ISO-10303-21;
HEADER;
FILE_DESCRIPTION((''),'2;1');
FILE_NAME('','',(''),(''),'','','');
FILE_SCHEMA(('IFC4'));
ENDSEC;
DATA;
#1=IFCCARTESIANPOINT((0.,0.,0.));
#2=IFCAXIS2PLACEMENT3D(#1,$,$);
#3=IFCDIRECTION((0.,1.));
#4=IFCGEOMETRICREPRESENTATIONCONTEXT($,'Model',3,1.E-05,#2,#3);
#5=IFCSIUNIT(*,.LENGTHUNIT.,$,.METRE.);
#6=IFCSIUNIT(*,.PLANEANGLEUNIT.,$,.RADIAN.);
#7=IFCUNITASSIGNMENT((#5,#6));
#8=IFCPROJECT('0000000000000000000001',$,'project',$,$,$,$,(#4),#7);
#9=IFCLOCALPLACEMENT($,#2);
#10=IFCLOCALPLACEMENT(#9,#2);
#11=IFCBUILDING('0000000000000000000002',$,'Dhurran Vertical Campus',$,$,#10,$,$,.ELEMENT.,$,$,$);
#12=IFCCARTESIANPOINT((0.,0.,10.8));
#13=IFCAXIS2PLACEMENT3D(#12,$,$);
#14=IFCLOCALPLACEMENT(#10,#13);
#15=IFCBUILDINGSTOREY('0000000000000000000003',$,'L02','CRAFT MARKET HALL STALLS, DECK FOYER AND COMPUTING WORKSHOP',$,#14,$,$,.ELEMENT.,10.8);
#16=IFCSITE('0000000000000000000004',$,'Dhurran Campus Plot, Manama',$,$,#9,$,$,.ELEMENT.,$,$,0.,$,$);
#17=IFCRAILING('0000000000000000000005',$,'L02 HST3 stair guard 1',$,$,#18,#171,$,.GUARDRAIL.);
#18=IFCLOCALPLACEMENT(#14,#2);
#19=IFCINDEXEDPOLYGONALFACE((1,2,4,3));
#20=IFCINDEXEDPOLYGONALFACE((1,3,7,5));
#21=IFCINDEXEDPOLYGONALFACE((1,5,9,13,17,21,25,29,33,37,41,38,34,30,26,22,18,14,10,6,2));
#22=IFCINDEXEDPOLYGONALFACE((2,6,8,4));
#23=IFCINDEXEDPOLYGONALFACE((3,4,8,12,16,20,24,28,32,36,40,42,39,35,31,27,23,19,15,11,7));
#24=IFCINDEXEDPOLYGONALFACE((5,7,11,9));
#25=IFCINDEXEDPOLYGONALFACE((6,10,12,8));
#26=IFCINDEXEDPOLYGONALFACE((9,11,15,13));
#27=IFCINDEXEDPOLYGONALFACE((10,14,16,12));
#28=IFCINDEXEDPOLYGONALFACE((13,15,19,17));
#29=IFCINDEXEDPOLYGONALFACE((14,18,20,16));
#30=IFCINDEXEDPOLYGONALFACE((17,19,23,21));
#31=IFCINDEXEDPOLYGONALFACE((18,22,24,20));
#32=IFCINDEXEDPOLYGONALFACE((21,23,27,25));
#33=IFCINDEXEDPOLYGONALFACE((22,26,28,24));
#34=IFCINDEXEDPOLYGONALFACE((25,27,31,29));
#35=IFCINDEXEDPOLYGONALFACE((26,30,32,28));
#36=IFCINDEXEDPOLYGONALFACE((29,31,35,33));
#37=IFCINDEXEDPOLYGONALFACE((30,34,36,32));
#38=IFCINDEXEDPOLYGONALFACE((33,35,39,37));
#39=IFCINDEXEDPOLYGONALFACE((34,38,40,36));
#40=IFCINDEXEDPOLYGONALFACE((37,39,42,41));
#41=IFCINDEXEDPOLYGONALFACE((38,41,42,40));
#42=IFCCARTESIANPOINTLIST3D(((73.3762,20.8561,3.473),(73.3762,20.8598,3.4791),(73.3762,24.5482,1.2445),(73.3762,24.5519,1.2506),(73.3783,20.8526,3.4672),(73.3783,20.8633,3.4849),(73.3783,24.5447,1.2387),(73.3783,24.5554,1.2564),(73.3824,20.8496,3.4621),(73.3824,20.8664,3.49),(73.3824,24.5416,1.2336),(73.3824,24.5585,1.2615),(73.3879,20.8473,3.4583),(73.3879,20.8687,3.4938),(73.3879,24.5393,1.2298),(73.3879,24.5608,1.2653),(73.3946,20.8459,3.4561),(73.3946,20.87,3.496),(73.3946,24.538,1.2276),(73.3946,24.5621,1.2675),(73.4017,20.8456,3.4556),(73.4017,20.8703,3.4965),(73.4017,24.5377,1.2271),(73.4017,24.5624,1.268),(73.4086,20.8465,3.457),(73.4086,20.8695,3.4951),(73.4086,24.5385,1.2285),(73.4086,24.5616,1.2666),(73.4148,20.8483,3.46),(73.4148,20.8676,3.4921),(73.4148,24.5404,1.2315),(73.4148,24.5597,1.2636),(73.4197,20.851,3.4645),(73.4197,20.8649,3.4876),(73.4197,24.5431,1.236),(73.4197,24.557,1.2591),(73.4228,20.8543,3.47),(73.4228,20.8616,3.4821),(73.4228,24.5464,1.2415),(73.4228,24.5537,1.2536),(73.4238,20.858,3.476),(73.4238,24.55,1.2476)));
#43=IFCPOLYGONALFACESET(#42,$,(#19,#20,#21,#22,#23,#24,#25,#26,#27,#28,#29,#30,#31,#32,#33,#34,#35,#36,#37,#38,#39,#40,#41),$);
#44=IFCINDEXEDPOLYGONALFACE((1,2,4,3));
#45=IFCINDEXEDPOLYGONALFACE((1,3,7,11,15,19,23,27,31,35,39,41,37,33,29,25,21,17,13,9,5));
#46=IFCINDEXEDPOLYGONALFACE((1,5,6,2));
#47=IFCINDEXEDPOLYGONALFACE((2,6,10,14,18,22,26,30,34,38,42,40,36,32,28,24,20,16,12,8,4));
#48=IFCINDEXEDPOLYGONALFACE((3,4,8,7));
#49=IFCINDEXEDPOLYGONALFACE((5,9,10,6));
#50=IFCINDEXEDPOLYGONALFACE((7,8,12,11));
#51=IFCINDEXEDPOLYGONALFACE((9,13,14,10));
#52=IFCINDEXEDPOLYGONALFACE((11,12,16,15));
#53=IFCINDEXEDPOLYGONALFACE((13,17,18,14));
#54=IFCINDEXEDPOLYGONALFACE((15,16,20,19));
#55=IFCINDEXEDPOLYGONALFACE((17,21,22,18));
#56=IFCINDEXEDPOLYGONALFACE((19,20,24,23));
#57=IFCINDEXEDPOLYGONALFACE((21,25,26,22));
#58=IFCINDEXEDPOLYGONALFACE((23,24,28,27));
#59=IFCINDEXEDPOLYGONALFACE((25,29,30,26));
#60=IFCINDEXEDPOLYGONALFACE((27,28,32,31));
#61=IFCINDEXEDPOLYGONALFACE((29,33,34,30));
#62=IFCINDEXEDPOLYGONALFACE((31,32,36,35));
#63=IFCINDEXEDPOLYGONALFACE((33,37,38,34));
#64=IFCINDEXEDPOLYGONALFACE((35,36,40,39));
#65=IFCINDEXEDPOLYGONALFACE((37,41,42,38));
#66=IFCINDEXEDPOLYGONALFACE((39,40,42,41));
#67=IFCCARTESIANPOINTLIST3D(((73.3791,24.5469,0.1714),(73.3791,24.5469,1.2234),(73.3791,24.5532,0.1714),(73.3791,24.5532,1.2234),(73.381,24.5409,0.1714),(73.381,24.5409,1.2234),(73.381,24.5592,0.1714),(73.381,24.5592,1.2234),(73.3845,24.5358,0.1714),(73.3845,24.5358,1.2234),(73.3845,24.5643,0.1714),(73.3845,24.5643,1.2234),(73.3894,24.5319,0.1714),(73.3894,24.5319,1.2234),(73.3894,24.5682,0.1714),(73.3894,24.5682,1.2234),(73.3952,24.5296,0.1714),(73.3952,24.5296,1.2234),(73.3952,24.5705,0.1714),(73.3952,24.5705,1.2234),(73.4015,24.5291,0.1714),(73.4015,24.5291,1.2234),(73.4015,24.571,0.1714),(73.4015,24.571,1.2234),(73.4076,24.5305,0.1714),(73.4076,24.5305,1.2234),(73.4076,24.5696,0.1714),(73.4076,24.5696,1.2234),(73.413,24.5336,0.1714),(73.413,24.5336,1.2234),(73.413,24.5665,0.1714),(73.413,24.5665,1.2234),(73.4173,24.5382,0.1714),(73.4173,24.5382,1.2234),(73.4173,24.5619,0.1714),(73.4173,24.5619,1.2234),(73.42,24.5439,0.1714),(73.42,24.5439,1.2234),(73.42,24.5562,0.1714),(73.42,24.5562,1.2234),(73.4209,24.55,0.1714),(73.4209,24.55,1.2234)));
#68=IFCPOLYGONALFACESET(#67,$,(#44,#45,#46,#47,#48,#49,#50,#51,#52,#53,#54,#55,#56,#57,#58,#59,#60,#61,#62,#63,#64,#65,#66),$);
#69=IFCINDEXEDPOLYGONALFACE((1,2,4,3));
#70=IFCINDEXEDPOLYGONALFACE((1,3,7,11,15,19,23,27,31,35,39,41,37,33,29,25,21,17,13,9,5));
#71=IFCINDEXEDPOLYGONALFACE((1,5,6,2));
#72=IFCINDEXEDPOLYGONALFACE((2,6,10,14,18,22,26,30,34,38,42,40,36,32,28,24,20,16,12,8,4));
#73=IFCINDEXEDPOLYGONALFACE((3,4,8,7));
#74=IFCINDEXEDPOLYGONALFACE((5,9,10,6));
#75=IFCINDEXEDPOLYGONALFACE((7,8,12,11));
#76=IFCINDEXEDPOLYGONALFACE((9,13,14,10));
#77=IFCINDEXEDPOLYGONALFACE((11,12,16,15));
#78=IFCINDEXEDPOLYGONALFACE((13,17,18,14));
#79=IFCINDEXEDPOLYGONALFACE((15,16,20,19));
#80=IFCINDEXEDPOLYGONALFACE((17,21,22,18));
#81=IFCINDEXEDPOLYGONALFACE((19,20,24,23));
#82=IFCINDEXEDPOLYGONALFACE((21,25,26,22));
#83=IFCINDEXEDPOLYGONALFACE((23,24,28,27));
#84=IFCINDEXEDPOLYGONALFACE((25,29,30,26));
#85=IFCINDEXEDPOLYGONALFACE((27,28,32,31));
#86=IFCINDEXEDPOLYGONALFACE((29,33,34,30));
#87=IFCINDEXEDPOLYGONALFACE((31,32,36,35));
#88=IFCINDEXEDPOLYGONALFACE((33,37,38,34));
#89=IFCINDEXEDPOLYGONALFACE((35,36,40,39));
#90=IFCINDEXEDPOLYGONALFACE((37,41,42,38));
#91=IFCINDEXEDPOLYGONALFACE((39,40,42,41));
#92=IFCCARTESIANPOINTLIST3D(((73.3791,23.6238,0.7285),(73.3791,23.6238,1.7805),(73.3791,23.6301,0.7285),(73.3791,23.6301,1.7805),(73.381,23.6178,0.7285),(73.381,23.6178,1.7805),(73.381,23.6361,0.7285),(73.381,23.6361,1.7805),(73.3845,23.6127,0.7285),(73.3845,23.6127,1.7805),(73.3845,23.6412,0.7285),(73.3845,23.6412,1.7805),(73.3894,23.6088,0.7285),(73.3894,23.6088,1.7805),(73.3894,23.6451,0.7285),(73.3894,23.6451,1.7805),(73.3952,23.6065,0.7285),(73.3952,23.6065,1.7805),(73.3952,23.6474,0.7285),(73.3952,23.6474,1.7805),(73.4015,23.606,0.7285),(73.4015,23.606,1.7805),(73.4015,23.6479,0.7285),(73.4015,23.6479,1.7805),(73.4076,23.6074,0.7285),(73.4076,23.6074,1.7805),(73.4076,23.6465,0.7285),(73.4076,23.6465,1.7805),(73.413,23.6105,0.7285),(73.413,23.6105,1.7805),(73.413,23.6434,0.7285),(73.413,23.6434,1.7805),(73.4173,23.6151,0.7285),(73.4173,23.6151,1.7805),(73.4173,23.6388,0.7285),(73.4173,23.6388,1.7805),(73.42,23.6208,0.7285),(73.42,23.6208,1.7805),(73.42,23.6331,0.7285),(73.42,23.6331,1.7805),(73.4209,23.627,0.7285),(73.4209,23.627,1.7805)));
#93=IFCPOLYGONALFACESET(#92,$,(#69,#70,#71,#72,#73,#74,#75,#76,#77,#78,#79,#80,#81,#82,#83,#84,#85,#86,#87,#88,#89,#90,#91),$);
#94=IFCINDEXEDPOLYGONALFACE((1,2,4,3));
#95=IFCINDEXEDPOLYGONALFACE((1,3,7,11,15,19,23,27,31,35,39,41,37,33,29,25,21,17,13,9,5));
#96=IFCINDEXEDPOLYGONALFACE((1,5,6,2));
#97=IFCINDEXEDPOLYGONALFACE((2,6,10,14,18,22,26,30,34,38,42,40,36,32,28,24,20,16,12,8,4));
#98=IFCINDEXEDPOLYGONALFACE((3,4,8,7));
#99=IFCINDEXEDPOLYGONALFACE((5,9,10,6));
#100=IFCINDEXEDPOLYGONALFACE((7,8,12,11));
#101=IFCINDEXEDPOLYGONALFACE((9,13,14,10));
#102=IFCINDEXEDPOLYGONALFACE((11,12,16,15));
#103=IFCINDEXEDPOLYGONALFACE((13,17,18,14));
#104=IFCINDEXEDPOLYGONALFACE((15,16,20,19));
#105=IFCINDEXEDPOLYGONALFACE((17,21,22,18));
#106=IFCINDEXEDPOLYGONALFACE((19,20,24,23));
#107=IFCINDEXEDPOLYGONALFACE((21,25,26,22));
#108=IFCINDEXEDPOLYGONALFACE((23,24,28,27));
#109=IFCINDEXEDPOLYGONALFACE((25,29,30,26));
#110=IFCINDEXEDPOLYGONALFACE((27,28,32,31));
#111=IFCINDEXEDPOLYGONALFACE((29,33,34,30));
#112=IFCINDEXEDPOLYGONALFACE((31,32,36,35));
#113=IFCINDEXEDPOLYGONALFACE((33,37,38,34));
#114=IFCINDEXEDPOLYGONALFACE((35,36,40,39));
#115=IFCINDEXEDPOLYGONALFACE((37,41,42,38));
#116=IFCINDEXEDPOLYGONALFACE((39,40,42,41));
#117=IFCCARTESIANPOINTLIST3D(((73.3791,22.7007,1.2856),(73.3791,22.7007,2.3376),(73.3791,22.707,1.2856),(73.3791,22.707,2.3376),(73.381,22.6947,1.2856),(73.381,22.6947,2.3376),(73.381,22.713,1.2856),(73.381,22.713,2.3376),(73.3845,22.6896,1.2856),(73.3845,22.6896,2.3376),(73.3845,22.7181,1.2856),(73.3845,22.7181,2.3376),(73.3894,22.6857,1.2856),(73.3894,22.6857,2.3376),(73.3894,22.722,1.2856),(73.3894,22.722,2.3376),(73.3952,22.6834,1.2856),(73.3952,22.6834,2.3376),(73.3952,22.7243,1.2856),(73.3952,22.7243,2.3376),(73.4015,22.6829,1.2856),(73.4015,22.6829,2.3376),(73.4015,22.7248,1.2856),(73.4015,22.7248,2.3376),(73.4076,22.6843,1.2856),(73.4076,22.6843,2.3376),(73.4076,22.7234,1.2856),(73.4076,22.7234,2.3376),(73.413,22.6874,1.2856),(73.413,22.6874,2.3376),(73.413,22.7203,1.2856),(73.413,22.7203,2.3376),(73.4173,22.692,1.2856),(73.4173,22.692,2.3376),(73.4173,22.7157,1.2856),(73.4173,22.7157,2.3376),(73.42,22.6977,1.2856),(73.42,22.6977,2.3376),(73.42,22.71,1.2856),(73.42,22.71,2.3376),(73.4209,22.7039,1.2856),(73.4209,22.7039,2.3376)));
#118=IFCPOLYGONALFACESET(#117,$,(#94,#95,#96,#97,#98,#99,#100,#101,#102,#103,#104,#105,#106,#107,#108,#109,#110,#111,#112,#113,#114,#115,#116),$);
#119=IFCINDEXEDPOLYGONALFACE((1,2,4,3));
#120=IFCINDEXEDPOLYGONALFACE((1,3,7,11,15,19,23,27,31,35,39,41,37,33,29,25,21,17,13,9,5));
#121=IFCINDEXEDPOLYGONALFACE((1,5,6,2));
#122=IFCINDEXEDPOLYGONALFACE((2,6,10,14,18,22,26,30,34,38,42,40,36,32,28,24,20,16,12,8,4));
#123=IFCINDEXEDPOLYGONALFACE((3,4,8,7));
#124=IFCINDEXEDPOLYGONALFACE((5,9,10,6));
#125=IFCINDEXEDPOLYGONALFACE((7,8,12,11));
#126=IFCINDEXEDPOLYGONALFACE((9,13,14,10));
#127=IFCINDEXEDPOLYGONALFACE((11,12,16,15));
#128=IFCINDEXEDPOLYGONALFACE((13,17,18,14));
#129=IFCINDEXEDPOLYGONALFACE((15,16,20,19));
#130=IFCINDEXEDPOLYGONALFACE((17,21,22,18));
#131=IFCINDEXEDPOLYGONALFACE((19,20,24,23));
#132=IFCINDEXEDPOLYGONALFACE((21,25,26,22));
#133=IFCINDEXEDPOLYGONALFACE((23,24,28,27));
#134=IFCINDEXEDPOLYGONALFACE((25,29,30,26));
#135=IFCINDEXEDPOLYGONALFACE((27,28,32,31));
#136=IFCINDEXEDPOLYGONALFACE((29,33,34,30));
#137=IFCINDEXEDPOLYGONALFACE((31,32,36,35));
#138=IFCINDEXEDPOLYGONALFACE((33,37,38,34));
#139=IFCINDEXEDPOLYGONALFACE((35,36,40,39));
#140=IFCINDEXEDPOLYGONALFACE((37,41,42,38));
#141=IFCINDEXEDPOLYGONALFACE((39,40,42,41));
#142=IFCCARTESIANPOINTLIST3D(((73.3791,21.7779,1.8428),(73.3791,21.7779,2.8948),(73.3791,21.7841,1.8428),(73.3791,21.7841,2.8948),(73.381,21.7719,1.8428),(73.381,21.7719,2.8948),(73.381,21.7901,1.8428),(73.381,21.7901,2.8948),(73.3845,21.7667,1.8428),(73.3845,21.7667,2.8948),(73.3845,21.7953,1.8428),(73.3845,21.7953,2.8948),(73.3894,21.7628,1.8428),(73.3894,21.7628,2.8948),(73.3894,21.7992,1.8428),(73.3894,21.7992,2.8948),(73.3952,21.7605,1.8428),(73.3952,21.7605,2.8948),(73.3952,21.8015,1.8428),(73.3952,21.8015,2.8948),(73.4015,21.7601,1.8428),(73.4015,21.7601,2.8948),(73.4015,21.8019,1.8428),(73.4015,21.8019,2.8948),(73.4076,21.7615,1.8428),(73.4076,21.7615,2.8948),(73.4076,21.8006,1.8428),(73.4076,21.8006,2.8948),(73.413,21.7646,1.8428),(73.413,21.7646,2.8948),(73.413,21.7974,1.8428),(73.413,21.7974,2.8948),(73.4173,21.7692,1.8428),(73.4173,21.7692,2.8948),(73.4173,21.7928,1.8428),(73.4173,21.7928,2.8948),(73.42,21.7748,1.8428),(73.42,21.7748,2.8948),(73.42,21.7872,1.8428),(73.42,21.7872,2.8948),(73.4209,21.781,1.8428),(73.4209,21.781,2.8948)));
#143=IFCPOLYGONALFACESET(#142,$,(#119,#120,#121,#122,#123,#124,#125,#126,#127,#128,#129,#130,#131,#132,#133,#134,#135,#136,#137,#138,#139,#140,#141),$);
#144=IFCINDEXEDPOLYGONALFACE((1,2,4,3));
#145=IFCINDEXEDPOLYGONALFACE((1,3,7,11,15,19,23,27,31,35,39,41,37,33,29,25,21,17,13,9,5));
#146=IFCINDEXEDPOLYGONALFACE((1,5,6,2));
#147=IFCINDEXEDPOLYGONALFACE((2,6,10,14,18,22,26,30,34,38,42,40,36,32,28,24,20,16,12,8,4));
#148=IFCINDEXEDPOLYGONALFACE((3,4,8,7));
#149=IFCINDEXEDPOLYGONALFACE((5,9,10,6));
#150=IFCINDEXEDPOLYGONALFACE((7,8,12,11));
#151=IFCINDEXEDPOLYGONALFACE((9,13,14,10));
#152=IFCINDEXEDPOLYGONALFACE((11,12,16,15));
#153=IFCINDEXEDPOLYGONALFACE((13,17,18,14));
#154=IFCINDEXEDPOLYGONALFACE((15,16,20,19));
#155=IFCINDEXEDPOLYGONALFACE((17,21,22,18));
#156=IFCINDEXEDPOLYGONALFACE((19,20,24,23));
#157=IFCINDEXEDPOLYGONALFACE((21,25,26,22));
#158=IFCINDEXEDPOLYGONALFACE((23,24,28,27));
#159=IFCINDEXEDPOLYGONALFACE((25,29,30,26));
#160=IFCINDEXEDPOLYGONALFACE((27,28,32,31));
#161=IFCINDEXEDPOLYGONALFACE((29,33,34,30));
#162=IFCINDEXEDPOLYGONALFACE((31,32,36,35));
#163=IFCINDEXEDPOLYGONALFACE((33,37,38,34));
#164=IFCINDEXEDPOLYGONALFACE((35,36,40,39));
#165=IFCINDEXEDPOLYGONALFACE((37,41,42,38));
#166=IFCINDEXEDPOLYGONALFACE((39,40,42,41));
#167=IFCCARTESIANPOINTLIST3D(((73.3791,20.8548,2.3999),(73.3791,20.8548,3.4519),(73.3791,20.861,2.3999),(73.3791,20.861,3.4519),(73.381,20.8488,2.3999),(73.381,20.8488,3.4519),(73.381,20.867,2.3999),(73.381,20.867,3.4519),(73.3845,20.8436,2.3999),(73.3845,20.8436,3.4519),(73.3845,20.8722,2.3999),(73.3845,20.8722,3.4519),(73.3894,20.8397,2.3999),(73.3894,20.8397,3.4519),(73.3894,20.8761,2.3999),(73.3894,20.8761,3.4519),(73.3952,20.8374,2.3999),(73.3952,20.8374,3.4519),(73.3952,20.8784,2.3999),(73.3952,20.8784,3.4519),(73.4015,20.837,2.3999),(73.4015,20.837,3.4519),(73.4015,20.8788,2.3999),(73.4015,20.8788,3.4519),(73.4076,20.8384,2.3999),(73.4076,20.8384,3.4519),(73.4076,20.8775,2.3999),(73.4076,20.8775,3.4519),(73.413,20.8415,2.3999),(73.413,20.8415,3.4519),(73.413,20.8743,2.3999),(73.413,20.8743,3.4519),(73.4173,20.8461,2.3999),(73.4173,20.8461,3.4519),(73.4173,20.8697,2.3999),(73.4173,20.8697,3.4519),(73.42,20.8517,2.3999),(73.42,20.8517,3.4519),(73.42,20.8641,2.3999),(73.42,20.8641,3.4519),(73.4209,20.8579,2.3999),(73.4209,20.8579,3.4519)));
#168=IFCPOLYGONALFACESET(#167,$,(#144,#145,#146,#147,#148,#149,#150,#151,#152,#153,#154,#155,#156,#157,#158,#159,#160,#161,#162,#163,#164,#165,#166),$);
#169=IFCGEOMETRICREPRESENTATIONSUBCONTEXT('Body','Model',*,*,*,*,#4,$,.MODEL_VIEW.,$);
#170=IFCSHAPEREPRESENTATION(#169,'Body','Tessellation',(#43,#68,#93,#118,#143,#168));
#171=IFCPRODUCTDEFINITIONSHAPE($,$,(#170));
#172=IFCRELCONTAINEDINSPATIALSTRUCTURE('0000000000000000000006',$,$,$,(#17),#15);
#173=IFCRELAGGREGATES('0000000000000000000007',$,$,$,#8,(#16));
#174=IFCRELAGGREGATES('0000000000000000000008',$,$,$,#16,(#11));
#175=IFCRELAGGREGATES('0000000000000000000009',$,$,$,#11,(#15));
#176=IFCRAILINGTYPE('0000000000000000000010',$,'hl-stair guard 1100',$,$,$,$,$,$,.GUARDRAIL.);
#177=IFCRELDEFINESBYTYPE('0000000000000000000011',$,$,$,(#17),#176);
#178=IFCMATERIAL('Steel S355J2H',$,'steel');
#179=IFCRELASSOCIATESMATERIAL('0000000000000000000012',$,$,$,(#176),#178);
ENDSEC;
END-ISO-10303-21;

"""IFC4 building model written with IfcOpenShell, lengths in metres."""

from ifc_helpers import new_model, si_unit, direction, frame, origin, origin_2d, place, context, subcontext, project, spatial, circle, extrude, material, type_object, element, save


model = new_model("IFC4")

# Units and contexts
model_context = context("Model", 3, precision=1e-05, world=origin(), true_north=direction((0.0, 1.0)))
body_context = subcontext(model_context, "Body", "Model", "MODEL_VIEW")
ifc_project = project(units=[si_unit("LENGTHUNIT", "METRE"), si_unit("PLANEANGLEUNIT", "RADIAN")], contexts=[model_context])

# Site, building, storey
site_placement = place(None, origin())
site = spatial("IfcSite", under=ifc_project, at=site_placement, Name="Dhurran Campus Plot, Manama", CompositionType="ELEMENT", RefElevation=0.0)
building_placement = place(site_placement, origin())
building = spatial("IfcBuilding", under=site, at=building_placement, Name="Dhurran Vertical Campus", CompositionType="ELEMENT")
storey_placement = place(building_placement, frame((0.0, 0.0, 10.8)))
storey = spatial("IfcBuildingStorey", under=building, at=storey_placement, Name="L02", Description="CRAFT MARKET HALL STALLS, DECK FOYER AND COMPUTING WORKSHOP", CompositionType="ELEMENT", Elevation=10.8)

# Railing
ifc_material_1 = material(Name="Steel S355J2H", Category="steel")
railing_type_1 = type_object("IfcRailingType", Name="hl-stair guard 1100", PredefinedType="GUARDRAIL", material=ifc_material_1)
railing_1_placement = place(storey_placement, frame((73.3999, 24.55, 0.1714)))
element("IfcRailing", 1, at=railing_1_placement, inside=storey, type_object=railing_type_1, Name="L02 HST3 stair guard 1", PredefinedType="GUARDRAIL", context=body_context, shape_type="SweptSolid", body=[
    extrude(circle(Radius=0.0239, at=origin_2d()), frame((0.0, 0.0, 1.0762), z_axis=(0.0, -0.856136, 0.51675), x_axis=(1.0, 0.0, 0.0)), (0.0, 0.0, 1.0), 4.3125),
    extrude(circle(Radius=0.021, at=origin_2d()), origin(), (0.0, 0.0, 1.0), 1.052),
    extrude(circle(Radius=0.021, at=origin_2d()), frame((0.0, -0.9231, 0.5571)), (0.0, 0.0, 1.0), 1.052),
    extrude(circle(Radius=0.021, at=origin_2d()), frame((0.0, -1.8462, 1.1143)), (0.0, 0.0, 1.0), 1.052),
    extrude(circle(Radius=0.021, at=origin_2d()), frame((0.0, -2.769, 1.6714)), (0.0, 0.0, 1.0), 1.052),
    extrude(circle(Radius=0.021, at=origin_2d()), frame((0.0, -3.6921, 2.2285)), (0.0, 0.0, 1.0), 1.052),
])

save(model, "model.ifc")
